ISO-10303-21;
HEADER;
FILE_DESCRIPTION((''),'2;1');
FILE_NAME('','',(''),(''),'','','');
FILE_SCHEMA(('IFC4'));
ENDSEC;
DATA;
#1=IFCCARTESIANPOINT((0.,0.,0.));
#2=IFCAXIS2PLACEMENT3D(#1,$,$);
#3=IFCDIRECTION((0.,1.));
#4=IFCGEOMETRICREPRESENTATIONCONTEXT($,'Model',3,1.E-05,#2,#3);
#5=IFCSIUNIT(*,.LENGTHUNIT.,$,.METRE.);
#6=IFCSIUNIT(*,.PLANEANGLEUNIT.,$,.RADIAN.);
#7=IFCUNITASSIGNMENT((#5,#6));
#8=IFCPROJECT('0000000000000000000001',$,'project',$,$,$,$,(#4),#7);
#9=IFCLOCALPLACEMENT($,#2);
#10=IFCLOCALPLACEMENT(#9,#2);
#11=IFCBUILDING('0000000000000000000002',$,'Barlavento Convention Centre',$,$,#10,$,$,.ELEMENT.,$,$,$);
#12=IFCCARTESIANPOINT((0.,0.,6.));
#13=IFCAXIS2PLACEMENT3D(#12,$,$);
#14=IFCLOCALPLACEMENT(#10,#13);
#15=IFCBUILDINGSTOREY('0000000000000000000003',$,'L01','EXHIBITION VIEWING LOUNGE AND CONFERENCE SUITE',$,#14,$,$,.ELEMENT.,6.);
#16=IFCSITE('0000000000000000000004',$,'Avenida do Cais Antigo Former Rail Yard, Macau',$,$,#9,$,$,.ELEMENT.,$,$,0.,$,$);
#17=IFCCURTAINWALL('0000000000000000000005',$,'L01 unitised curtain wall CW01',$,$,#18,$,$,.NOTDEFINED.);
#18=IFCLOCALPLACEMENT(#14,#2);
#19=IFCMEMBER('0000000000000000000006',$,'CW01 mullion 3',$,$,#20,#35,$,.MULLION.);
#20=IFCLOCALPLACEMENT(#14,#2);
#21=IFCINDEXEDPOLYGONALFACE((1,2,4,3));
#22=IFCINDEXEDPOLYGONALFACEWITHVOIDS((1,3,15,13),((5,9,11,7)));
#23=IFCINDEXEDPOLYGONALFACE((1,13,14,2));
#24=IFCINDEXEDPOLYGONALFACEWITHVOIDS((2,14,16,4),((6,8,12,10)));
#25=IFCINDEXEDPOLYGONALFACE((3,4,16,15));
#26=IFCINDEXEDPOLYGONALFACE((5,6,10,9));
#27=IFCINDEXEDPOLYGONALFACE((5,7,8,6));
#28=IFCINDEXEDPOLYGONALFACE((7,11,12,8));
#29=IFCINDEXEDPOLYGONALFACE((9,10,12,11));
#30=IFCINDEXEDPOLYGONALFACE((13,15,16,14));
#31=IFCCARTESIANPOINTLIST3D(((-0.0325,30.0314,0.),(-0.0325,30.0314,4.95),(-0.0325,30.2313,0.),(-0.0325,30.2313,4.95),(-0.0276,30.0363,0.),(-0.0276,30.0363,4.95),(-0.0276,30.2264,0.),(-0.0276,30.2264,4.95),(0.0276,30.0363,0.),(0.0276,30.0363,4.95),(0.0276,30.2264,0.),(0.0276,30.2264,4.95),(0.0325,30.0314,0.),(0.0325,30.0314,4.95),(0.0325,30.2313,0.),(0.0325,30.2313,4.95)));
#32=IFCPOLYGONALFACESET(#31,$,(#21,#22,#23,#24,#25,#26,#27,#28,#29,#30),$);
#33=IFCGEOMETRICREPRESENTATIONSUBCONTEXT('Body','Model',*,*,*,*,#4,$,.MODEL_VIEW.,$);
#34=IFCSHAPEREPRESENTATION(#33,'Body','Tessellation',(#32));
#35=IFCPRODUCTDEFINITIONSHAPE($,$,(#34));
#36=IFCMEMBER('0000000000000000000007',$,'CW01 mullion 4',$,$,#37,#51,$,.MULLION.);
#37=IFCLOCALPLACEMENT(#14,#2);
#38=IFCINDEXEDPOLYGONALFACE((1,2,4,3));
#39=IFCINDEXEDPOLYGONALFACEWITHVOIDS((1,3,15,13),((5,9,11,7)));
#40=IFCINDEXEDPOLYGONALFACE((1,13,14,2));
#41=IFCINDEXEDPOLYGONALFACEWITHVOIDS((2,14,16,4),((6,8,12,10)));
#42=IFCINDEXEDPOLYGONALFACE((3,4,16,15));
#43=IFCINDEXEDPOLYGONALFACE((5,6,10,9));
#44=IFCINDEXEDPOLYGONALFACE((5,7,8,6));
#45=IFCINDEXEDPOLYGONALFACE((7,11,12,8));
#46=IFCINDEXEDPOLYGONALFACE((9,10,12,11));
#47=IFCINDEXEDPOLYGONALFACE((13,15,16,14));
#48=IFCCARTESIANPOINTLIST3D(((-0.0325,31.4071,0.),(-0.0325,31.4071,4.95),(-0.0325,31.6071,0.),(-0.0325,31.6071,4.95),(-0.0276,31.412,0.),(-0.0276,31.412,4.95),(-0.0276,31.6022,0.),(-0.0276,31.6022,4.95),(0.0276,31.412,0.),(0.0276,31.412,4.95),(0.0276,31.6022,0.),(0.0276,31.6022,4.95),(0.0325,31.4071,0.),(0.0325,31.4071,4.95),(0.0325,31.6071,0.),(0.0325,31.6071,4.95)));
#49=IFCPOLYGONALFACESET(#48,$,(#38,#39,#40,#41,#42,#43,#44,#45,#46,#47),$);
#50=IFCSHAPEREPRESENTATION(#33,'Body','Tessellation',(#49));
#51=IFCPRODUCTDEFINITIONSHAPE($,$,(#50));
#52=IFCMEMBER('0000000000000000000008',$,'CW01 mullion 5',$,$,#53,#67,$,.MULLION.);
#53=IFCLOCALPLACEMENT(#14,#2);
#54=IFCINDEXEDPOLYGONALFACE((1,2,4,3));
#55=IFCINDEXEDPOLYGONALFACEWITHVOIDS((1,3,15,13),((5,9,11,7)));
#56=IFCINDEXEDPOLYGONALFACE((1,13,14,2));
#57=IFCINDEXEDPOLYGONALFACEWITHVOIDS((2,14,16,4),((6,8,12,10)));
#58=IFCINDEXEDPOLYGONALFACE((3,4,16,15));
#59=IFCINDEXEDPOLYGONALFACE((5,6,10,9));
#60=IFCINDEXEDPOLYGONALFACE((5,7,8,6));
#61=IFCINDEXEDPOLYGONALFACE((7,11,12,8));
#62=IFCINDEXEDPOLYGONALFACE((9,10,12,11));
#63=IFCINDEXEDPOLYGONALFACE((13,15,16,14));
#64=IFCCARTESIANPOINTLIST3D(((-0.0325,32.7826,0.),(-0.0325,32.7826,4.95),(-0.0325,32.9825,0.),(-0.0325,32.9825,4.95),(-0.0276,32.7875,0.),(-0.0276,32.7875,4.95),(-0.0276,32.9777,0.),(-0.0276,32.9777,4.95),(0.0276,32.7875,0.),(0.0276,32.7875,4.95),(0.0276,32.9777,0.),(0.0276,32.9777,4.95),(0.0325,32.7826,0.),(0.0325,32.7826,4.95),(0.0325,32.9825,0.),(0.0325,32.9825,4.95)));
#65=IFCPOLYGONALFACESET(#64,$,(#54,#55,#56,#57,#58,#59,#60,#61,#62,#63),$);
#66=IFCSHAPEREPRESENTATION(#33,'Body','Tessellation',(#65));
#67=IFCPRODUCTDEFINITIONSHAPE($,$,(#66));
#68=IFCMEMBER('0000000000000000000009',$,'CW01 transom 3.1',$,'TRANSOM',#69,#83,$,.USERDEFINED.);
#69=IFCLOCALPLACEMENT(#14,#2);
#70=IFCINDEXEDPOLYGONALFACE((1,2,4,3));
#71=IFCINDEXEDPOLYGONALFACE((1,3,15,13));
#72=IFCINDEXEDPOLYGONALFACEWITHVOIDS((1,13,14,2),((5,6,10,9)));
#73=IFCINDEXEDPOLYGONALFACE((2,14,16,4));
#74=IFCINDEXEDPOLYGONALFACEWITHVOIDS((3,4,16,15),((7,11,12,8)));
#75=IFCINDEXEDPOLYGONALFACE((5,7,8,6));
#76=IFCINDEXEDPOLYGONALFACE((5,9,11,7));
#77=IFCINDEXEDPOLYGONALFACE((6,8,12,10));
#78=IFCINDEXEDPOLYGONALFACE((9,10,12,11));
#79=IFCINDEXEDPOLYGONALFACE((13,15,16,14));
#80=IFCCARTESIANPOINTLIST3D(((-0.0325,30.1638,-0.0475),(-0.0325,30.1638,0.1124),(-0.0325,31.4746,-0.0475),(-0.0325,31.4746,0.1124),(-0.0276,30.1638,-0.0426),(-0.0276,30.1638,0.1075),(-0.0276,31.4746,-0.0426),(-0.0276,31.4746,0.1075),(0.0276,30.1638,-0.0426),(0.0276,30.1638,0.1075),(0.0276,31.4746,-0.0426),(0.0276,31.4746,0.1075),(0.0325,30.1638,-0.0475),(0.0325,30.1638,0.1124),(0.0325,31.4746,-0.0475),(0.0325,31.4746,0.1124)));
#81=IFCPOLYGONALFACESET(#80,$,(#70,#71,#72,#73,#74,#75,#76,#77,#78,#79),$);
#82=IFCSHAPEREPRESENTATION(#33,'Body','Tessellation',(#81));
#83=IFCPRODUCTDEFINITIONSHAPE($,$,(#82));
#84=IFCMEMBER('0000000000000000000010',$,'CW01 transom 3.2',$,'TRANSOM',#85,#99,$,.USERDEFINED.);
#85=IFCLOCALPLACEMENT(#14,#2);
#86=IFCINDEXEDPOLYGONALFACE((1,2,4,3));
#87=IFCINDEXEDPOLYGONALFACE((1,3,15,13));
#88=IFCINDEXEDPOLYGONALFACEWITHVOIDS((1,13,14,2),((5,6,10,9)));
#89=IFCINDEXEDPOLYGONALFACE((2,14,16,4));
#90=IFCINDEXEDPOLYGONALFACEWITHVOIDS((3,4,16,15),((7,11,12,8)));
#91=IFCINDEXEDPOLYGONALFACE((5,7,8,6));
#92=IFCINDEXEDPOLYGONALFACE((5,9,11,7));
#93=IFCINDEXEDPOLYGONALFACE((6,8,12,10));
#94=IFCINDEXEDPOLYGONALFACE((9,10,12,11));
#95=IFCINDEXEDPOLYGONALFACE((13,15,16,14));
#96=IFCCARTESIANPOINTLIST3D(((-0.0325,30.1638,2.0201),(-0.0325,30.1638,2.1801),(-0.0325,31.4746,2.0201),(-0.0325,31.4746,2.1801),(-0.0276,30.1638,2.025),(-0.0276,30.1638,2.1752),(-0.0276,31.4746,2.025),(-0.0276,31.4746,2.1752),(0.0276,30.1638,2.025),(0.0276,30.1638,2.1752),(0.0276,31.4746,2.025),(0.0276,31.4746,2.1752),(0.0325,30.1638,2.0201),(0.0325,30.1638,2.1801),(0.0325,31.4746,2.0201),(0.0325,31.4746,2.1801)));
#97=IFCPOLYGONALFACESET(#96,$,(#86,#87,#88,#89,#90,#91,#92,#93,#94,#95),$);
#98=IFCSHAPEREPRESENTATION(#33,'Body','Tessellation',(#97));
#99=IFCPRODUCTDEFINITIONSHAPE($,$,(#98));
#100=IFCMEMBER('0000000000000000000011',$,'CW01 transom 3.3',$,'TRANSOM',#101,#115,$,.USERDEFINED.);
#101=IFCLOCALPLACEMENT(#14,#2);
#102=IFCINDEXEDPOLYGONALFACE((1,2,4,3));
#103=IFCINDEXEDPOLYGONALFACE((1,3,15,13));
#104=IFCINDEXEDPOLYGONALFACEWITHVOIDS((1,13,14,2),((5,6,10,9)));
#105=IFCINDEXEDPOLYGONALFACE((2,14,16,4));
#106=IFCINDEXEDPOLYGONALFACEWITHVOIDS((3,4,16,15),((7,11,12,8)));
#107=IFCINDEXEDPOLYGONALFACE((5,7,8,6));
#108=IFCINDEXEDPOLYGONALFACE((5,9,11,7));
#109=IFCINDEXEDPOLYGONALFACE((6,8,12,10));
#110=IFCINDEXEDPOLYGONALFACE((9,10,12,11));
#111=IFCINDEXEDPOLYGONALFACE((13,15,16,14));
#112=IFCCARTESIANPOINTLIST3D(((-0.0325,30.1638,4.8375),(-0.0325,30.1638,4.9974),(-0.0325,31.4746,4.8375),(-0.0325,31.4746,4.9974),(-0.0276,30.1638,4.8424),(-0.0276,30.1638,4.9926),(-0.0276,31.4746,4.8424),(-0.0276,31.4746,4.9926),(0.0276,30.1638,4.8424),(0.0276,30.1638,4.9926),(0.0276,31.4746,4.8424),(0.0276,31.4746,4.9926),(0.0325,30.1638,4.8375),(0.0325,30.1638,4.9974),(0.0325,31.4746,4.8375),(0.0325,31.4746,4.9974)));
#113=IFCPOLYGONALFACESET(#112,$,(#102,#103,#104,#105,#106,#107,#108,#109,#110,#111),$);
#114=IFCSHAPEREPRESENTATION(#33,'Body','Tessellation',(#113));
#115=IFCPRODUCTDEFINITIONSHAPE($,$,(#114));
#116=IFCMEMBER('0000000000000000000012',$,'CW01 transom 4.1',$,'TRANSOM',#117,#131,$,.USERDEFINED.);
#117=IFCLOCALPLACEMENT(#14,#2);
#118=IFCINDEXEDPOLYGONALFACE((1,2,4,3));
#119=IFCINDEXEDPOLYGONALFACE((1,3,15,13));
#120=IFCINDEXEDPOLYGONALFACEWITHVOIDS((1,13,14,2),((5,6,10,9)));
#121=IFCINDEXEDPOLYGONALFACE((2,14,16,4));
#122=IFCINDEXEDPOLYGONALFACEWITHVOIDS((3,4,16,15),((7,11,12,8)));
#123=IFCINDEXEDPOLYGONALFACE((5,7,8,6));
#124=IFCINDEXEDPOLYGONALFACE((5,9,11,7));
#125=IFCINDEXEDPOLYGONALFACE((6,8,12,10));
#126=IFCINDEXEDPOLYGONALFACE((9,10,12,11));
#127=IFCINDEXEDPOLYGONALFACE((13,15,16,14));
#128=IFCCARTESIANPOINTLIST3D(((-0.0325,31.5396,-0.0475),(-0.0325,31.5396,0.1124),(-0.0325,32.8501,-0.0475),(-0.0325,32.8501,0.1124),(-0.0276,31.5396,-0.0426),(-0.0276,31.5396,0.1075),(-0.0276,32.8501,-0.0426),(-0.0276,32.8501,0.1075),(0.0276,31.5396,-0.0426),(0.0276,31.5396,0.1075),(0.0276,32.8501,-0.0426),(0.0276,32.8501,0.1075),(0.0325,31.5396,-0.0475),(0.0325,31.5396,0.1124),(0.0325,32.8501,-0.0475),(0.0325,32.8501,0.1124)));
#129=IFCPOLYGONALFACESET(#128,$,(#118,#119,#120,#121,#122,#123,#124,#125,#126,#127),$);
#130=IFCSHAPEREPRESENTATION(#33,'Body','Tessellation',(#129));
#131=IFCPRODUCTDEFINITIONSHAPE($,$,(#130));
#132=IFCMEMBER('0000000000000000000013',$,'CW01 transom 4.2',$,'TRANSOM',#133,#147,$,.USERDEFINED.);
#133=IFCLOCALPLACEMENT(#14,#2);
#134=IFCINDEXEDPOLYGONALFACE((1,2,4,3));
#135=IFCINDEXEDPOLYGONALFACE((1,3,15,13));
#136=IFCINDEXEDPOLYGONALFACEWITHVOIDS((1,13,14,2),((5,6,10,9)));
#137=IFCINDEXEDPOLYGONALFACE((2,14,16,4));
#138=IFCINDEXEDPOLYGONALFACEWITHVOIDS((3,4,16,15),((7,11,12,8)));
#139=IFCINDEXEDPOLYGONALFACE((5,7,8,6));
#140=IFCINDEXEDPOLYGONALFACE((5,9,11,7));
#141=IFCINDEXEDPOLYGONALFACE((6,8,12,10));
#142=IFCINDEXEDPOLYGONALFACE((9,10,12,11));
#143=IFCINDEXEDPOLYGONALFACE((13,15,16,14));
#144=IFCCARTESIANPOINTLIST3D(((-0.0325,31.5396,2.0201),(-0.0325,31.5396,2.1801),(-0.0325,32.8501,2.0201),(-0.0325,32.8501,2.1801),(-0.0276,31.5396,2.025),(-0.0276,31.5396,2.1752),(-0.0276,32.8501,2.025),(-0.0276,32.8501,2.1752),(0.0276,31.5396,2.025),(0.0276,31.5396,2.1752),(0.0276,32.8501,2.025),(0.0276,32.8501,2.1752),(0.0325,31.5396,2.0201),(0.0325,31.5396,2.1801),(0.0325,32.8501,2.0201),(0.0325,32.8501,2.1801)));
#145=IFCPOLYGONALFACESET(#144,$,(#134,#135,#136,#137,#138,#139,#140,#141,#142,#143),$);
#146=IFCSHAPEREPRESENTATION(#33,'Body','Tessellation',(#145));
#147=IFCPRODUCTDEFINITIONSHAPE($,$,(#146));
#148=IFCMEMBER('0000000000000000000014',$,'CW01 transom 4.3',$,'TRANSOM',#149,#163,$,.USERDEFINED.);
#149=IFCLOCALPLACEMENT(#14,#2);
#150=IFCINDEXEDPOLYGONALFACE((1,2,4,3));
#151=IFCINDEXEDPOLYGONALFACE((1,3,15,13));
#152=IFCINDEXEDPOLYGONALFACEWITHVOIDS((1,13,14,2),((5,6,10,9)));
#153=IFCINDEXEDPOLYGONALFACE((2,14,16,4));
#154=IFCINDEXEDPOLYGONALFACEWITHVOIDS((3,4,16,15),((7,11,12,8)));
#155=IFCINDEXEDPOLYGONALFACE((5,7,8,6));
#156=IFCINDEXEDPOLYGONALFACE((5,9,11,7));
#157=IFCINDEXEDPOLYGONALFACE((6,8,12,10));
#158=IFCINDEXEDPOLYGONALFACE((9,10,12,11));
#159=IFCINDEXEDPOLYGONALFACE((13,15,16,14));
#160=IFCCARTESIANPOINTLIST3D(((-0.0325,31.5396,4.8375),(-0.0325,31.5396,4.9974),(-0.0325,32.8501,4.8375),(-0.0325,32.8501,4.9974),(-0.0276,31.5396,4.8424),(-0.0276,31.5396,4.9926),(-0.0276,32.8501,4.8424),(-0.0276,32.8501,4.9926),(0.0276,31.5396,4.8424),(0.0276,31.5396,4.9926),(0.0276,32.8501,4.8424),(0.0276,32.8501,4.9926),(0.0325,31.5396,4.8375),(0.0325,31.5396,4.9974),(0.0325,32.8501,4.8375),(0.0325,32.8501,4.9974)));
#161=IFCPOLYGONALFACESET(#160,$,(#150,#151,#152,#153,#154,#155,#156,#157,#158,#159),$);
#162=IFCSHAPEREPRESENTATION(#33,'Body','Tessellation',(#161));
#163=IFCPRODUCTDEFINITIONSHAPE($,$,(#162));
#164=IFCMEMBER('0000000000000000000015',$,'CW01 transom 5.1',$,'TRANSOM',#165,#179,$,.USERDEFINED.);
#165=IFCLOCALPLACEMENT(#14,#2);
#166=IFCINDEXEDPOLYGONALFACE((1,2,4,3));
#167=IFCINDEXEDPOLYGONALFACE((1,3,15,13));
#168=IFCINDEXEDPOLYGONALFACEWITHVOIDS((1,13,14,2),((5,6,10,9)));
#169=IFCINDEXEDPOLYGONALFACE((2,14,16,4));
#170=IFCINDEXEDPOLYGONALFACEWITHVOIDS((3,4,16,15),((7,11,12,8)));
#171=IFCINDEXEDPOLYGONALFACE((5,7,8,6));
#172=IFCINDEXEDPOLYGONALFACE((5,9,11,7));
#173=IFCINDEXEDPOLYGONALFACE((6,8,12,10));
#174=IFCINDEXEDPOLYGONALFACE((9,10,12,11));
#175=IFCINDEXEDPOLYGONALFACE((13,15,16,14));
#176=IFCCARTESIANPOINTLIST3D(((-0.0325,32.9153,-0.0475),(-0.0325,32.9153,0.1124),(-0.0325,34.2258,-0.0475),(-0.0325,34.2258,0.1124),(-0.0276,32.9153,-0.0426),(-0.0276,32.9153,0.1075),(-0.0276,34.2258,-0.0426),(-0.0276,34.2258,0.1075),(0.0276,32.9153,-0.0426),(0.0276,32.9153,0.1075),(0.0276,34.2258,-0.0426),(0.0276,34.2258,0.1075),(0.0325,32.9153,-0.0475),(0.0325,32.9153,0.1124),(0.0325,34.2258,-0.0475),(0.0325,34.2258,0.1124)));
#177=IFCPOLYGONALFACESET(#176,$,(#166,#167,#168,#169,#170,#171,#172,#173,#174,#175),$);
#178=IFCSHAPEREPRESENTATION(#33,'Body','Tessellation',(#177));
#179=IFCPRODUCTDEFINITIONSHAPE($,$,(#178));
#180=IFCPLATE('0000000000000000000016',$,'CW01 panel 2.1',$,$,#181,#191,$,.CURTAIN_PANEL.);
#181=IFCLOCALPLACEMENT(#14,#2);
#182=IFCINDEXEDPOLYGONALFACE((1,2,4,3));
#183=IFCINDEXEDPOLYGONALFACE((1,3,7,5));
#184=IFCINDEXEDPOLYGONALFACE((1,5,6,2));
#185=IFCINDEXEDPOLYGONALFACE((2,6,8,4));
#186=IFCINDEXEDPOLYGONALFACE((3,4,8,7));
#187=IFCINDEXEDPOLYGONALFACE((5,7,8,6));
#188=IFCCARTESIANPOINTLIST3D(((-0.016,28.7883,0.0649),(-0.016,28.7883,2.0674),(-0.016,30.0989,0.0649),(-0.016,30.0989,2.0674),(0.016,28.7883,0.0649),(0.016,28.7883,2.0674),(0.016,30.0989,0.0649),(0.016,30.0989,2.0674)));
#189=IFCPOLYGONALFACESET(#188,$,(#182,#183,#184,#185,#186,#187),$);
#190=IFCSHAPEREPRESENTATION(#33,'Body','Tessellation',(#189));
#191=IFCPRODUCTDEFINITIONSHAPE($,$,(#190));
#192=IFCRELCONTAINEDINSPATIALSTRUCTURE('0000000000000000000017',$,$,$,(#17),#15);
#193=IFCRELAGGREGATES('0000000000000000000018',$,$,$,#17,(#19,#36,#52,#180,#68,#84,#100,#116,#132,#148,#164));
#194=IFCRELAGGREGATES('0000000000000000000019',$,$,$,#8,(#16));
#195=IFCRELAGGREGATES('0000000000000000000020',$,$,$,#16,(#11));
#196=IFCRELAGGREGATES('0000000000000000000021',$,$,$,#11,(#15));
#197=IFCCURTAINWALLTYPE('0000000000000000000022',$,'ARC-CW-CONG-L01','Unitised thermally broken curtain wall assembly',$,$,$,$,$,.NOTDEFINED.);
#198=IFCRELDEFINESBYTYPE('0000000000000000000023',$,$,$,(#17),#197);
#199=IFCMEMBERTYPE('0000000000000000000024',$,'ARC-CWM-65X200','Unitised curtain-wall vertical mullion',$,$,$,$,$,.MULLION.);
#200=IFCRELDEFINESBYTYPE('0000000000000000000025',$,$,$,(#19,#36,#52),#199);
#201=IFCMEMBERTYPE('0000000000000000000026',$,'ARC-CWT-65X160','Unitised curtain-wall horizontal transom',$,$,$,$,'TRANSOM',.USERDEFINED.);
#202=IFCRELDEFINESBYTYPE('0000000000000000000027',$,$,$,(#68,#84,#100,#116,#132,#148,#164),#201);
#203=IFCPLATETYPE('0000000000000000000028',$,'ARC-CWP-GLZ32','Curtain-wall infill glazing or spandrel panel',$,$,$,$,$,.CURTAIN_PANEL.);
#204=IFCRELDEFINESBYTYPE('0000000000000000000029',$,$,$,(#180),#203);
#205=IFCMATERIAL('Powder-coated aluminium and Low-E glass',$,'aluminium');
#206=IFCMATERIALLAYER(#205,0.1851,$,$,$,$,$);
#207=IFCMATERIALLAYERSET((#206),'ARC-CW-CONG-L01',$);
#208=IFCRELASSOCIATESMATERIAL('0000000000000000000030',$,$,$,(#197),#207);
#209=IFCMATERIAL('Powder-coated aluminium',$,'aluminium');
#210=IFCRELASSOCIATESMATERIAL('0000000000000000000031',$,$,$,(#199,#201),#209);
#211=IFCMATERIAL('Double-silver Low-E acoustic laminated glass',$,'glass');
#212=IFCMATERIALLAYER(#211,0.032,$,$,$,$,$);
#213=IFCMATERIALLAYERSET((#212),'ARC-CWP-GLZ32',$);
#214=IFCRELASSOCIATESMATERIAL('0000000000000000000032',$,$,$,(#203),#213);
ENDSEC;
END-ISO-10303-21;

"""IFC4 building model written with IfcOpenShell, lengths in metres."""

from ifc_helpers import new_model, si_unit, direction, frame, origin, origin_2d, place, context, subcontext, project, spatial, rectangle, hollow_rectangle, extrude, material, layer, layer_set, material_profile, profile_set, type_object, element, aggregate, save


model = new_model("IFC4")

# Units and contexts
model_context = context("Model", 3, precision=1e-05, world=origin(), true_north=direction((0.0, 1.0)))
body_context = subcontext(model_context, "Body", "Model", "MODEL_VIEW")
ifc_project = project(units=[si_unit("LENGTHUNIT", "METRE"), si_unit("PLANEANGLEUNIT", "RADIAN")], contexts=[model_context])

# Site, building, storey
site_placement = place(None, origin())
site = spatial("IfcSite", under=ifc_project, at=site_placement, Name="Avenida do Cais Antigo Former Rail Yard, Macau", CompositionType="ELEMENT", RefElevation=0.0)
building_placement = place(site_placement, origin())
building = spatial("IfcBuilding", under=site, at=building_placement, Name="Barlavento Convention Centre", CompositionType="ELEMENT")
storey_placement = place(building_placement, frame((0.0, 0.0, 6.0)))
storey = spatial("IfcBuildingStorey", under=building, at=storey_placement, Name="L01", Description="EXHIBITION VIEWING LOUNGE AND CONFERENCE SUITE", CompositionType="ELEMENT", Elevation=6.0)

# Curtain wall, members, plate
ifc_material_1 = material(Name="Powder-coated aluminium and Low-E glass", Category="aluminium")
ifc_layer_1 = layer(ifc_material_1, 0.1851)
ifc_layer_set_1 = layer_set([ifc_layer_1], Name="ARC-CW-CONG-L01")
curtain_wall_type = type_object("IfcCurtainWallType", Name="ARC-CW-CONG-L01", Description="Unitised thermally broken curtain wall assembly", PredefinedType="NOTDEFINED", material=ifc_layer_set_1)
curtain_wall_placement = place(storey_placement, origin())
curtain_wall = element("IfcCurtainWall", 1, at=curtain_wall_placement, inside=storey, type_object=curtain_wall_type, Name="L01 unitised curtain wall CW01", PredefinedType="NOTDEFINED")
ifc_material_2 = material(Name="Powder-coated aluminium", Category="aluminium")
ifc_material_profile_1 = material_profile(ifc_material_2, hollow_rectangle(XDim=0.0649, YDim=0.2, WallThickness=0.0049, at=origin_2d()), Name="AL-MULL 65x200x5")
ifc_profile_set_1 = profile_set([ifc_material_profile_1], Name="Powder-coated aluminium")
member_type_1 = type_object("IfcMemberType", Name="ARC-CWM-65X200", Description="Unitised curtain-wall vertical mullion", PredefinedType="MULLION", material=ifc_profile_set_1)
member_1_placement = place(storey_placement, frame((0.0, 30.1313, 0.0), z_axis=(0.0, 0.0, 1.0), x_axis=(-1.0, 0.0, 0.0)))
member_1 = element("IfcMember", 2, at=member_1_placement, type_object=member_type_1, Name="CW01 mullion 3", PredefinedType="MULLION", context=body_context, shape_type="SweptSolid", body=[
    extrude(hollow_rectangle(XDim=0.0649, YDim=0.2, WallThickness=0.0049, at=origin_2d()), origin(), (0.0, 0.0, 1.0), 4.95),
])
member_2_placement = place(storey_placement, frame((0.0, 31.5071, 0.0), z_axis=(0.0, 0.0, 1.0), x_axis=(-1.0, 0.0, 0.0)))
member_2 = element("IfcMember", 3, at=member_2_placement, type_object=member_type_1, Name="CW01 mullion 4", PredefinedType="MULLION", context=body_context, shape_type="SweptSolid", body=[
    extrude(hollow_rectangle(XDim=0.0649, YDim=0.2, WallThickness=0.0049, at=origin_2d()), origin(), (0.0, 0.0, 1.0), 4.95),
])
member_3_placement = place(storey_placement, frame((0.0, 32.8826, 0.0), z_axis=(0.0, 0.0, 1.0), x_axis=(-1.0, 0.0, 0.0)))
member_3 = element("IfcMember", 4, at=member_3_placement, type_object=member_type_1, Name="CW01 mullion 5", PredefinedType="MULLION", context=body_context, shape_type="SweptSolid", body=[
    extrude(hollow_rectangle(XDim=0.0649, YDim=0.2, WallThickness=0.0049, at=origin_2d()), origin(), (0.0, 0.0, 1.0), 4.95),
])
ifc_material_profile_2 = material_profile(ifc_material_2, hollow_rectangle(XDim=0.0649, YDim=0.1599, WallThickness=0.0049, at=origin_2d()), Name="AL-TRAN 65x160x5")
ifc_profile_set_2 = profile_set([ifc_material_profile_2], Name="Powder-coated aluminium")
member_type_2 = type_object("IfcMemberType", Name="ARC-CWT-65X160", Description="Unitised curtain-wall horizontal transom", ElementType="TRANSOM", PredefinedType="USERDEFINED", material=ifc_profile_set_2)
member_4_placement = place(storey_placement, frame((0.0, 30.1638, 0.0325), z_axis=(0.0, 1.0, 0.0), x_axis=(-1.0, 0.0, 0.0)))
member_4 = element("IfcMember", 5, at=member_4_placement, type_object=member_type_2, Name="CW01 transom 3.1", ObjectType="TRANSOM", PredefinedType="USERDEFINED", context=body_context, shape_type="SweptSolid", body=[
    extrude(hollow_rectangle(XDim=0.0649, YDim=0.1599, WallThickness=0.0049, at=origin_2d()), origin(), (0.0, 0.0, 1.0), 1.3108),
])
member_5_placement = place(storey_placement, frame((0.0, 30.1638, 2.1001), z_axis=(0.0, 1.0, 0.0), x_axis=(-1.0, 0.0, 0.0)))
member_5 = element("IfcMember", 6, at=member_5_placement, type_object=member_type_2, Name="CW01 transom 3.2", ObjectType="TRANSOM", PredefinedType="USERDEFINED", context=body_context, shape_type="SweptSolid", body=[
    extrude(hollow_rectangle(XDim=0.0649, YDim=0.1599, WallThickness=0.0049, at=origin_2d()), origin(), (0.0, 0.0, 1.0), 1.3108),
])
member_6_placement = place(storey_placement, frame((0.0, 30.1638, 4.9175), z_axis=(0.0, 1.0, 0.0), x_axis=(-1.0, 0.0, 0.0)))
member_6 = element("IfcMember", 7, at=member_6_placement, type_object=member_type_2, Name="CW01 transom 3.3", ObjectType="TRANSOM", PredefinedType="USERDEFINED", context=body_context, shape_type="SweptSolid", body=[
    extrude(hollow_rectangle(XDim=0.0649, YDim=0.1599, WallThickness=0.0049, at=origin_2d()), origin(), (0.0, 0.0, 1.0), 1.3108),
])
member_7_placement = place(storey_placement, frame((0.0, 31.5396, 0.0325), z_axis=(0.0, 1.0, 0.0), x_axis=(-1.0, 0.0, 0.0)))
member_7 = element("IfcMember", 8, at=member_7_placement, type_object=member_type_2, Name="CW01 transom 4.1", ObjectType="TRANSOM", PredefinedType="USERDEFINED", context=body_context, shape_type="SweptSolid", body=[
    extrude(hollow_rectangle(XDim=0.0649, YDim=0.1599, WallThickness=0.0049, at=origin_2d()), origin(), (0.0, 0.0, 1.0), 1.3105),
])
member_8_placement = place(storey_placement, frame((0.0, 31.5396, 2.1001), z_axis=(0.0, 1.0, 0.0), x_axis=(-1.0, 0.0, 0.0)))
member_8 = element("IfcMember", 9, at=member_8_placement, type_object=member_type_2, Name="CW01 transom 4.2", ObjectType="TRANSOM", PredefinedType="USERDEFINED", context=body_context, shape_type="SweptSolid", body=[
    extrude(hollow_rectangle(XDim=0.0649, YDim=0.1599, WallThickness=0.0049, at=origin_2d()), origin(), (0.0, 0.0, 1.0), 1.3105),
])
member_9_placement = place(storey_placement, frame((0.0, 31.5396, 4.9175), z_axis=(0.0, 1.0, 0.0), x_axis=(-1.0, 0.0, 0.0)))
member_9 = element("IfcMember", 10, at=member_9_placement, type_object=member_type_2, Name="CW01 transom 4.3", ObjectType="TRANSOM", PredefinedType="USERDEFINED", context=body_context, shape_type="SweptSolid", body=[
    extrude(hollow_rectangle(XDim=0.0649, YDim=0.1599, WallThickness=0.0049, at=origin_2d()), origin(), (0.0, 0.0, 1.0), 1.3105),
])
member_10_placement = place(storey_placement, frame((0.0, 32.9153, 0.0325), z_axis=(0.0, 1.0, 0.0), x_axis=(-1.0, 0.0, 0.0)))
member_10 = element("IfcMember", 11, at=member_10_placement, type_object=member_type_2, Name="CW01 transom 5.1", ObjectType="TRANSOM", PredefinedType="USERDEFINED", context=body_context, shape_type="SweptSolid", body=[
    extrude(hollow_rectangle(XDim=0.0649, YDim=0.1599, WallThickness=0.0049, at=origin_2d()), origin(), (0.0, 0.0, 1.0), 1.3105),
])
ifc_material_3 = material(Name="Double-silver Low-E acoustic laminated glass", Category="glass")
ifc_layer_2 = layer(ifc_material_3, 0.032)
ifc_layer_set_2 = layer_set([ifc_layer_2], Name="ARC-CWP-GLZ32")
plate_type = type_object("IfcPlateType", Name="ARC-CWP-GLZ32", Description="Curtain-wall infill glazing or spandrel panel", PredefinedType="CURTAIN_PANEL", material=ifc_layer_set_2)
plate_1_placement = place(storey_placement, frame((0.0, 29.4436, 0.0649), z_axis=(0.0, 0.0, 1.0), x_axis=(0.0, 1.0, 0.0)))
plate_1 = element("IfcPlate", 12, at=plate_1_placement, type_object=plate_type, Name="CW01 panel 2.1", PredefinedType="CURTAIN_PANEL", context=body_context, shape_type="SweptSolid", body=[
    extrude(rectangle(XDim=1.3105, YDim=0.032, at=origin_2d()), origin(), (0.0, 0.0, 1.0), 2.0024),
])
aggregate(curtain_wall, [member_1, member_2, member_3, plate_1, member_4, member_5, member_6, member_7, member_8, member_9, member_10])

save(model, "model.ifc")
